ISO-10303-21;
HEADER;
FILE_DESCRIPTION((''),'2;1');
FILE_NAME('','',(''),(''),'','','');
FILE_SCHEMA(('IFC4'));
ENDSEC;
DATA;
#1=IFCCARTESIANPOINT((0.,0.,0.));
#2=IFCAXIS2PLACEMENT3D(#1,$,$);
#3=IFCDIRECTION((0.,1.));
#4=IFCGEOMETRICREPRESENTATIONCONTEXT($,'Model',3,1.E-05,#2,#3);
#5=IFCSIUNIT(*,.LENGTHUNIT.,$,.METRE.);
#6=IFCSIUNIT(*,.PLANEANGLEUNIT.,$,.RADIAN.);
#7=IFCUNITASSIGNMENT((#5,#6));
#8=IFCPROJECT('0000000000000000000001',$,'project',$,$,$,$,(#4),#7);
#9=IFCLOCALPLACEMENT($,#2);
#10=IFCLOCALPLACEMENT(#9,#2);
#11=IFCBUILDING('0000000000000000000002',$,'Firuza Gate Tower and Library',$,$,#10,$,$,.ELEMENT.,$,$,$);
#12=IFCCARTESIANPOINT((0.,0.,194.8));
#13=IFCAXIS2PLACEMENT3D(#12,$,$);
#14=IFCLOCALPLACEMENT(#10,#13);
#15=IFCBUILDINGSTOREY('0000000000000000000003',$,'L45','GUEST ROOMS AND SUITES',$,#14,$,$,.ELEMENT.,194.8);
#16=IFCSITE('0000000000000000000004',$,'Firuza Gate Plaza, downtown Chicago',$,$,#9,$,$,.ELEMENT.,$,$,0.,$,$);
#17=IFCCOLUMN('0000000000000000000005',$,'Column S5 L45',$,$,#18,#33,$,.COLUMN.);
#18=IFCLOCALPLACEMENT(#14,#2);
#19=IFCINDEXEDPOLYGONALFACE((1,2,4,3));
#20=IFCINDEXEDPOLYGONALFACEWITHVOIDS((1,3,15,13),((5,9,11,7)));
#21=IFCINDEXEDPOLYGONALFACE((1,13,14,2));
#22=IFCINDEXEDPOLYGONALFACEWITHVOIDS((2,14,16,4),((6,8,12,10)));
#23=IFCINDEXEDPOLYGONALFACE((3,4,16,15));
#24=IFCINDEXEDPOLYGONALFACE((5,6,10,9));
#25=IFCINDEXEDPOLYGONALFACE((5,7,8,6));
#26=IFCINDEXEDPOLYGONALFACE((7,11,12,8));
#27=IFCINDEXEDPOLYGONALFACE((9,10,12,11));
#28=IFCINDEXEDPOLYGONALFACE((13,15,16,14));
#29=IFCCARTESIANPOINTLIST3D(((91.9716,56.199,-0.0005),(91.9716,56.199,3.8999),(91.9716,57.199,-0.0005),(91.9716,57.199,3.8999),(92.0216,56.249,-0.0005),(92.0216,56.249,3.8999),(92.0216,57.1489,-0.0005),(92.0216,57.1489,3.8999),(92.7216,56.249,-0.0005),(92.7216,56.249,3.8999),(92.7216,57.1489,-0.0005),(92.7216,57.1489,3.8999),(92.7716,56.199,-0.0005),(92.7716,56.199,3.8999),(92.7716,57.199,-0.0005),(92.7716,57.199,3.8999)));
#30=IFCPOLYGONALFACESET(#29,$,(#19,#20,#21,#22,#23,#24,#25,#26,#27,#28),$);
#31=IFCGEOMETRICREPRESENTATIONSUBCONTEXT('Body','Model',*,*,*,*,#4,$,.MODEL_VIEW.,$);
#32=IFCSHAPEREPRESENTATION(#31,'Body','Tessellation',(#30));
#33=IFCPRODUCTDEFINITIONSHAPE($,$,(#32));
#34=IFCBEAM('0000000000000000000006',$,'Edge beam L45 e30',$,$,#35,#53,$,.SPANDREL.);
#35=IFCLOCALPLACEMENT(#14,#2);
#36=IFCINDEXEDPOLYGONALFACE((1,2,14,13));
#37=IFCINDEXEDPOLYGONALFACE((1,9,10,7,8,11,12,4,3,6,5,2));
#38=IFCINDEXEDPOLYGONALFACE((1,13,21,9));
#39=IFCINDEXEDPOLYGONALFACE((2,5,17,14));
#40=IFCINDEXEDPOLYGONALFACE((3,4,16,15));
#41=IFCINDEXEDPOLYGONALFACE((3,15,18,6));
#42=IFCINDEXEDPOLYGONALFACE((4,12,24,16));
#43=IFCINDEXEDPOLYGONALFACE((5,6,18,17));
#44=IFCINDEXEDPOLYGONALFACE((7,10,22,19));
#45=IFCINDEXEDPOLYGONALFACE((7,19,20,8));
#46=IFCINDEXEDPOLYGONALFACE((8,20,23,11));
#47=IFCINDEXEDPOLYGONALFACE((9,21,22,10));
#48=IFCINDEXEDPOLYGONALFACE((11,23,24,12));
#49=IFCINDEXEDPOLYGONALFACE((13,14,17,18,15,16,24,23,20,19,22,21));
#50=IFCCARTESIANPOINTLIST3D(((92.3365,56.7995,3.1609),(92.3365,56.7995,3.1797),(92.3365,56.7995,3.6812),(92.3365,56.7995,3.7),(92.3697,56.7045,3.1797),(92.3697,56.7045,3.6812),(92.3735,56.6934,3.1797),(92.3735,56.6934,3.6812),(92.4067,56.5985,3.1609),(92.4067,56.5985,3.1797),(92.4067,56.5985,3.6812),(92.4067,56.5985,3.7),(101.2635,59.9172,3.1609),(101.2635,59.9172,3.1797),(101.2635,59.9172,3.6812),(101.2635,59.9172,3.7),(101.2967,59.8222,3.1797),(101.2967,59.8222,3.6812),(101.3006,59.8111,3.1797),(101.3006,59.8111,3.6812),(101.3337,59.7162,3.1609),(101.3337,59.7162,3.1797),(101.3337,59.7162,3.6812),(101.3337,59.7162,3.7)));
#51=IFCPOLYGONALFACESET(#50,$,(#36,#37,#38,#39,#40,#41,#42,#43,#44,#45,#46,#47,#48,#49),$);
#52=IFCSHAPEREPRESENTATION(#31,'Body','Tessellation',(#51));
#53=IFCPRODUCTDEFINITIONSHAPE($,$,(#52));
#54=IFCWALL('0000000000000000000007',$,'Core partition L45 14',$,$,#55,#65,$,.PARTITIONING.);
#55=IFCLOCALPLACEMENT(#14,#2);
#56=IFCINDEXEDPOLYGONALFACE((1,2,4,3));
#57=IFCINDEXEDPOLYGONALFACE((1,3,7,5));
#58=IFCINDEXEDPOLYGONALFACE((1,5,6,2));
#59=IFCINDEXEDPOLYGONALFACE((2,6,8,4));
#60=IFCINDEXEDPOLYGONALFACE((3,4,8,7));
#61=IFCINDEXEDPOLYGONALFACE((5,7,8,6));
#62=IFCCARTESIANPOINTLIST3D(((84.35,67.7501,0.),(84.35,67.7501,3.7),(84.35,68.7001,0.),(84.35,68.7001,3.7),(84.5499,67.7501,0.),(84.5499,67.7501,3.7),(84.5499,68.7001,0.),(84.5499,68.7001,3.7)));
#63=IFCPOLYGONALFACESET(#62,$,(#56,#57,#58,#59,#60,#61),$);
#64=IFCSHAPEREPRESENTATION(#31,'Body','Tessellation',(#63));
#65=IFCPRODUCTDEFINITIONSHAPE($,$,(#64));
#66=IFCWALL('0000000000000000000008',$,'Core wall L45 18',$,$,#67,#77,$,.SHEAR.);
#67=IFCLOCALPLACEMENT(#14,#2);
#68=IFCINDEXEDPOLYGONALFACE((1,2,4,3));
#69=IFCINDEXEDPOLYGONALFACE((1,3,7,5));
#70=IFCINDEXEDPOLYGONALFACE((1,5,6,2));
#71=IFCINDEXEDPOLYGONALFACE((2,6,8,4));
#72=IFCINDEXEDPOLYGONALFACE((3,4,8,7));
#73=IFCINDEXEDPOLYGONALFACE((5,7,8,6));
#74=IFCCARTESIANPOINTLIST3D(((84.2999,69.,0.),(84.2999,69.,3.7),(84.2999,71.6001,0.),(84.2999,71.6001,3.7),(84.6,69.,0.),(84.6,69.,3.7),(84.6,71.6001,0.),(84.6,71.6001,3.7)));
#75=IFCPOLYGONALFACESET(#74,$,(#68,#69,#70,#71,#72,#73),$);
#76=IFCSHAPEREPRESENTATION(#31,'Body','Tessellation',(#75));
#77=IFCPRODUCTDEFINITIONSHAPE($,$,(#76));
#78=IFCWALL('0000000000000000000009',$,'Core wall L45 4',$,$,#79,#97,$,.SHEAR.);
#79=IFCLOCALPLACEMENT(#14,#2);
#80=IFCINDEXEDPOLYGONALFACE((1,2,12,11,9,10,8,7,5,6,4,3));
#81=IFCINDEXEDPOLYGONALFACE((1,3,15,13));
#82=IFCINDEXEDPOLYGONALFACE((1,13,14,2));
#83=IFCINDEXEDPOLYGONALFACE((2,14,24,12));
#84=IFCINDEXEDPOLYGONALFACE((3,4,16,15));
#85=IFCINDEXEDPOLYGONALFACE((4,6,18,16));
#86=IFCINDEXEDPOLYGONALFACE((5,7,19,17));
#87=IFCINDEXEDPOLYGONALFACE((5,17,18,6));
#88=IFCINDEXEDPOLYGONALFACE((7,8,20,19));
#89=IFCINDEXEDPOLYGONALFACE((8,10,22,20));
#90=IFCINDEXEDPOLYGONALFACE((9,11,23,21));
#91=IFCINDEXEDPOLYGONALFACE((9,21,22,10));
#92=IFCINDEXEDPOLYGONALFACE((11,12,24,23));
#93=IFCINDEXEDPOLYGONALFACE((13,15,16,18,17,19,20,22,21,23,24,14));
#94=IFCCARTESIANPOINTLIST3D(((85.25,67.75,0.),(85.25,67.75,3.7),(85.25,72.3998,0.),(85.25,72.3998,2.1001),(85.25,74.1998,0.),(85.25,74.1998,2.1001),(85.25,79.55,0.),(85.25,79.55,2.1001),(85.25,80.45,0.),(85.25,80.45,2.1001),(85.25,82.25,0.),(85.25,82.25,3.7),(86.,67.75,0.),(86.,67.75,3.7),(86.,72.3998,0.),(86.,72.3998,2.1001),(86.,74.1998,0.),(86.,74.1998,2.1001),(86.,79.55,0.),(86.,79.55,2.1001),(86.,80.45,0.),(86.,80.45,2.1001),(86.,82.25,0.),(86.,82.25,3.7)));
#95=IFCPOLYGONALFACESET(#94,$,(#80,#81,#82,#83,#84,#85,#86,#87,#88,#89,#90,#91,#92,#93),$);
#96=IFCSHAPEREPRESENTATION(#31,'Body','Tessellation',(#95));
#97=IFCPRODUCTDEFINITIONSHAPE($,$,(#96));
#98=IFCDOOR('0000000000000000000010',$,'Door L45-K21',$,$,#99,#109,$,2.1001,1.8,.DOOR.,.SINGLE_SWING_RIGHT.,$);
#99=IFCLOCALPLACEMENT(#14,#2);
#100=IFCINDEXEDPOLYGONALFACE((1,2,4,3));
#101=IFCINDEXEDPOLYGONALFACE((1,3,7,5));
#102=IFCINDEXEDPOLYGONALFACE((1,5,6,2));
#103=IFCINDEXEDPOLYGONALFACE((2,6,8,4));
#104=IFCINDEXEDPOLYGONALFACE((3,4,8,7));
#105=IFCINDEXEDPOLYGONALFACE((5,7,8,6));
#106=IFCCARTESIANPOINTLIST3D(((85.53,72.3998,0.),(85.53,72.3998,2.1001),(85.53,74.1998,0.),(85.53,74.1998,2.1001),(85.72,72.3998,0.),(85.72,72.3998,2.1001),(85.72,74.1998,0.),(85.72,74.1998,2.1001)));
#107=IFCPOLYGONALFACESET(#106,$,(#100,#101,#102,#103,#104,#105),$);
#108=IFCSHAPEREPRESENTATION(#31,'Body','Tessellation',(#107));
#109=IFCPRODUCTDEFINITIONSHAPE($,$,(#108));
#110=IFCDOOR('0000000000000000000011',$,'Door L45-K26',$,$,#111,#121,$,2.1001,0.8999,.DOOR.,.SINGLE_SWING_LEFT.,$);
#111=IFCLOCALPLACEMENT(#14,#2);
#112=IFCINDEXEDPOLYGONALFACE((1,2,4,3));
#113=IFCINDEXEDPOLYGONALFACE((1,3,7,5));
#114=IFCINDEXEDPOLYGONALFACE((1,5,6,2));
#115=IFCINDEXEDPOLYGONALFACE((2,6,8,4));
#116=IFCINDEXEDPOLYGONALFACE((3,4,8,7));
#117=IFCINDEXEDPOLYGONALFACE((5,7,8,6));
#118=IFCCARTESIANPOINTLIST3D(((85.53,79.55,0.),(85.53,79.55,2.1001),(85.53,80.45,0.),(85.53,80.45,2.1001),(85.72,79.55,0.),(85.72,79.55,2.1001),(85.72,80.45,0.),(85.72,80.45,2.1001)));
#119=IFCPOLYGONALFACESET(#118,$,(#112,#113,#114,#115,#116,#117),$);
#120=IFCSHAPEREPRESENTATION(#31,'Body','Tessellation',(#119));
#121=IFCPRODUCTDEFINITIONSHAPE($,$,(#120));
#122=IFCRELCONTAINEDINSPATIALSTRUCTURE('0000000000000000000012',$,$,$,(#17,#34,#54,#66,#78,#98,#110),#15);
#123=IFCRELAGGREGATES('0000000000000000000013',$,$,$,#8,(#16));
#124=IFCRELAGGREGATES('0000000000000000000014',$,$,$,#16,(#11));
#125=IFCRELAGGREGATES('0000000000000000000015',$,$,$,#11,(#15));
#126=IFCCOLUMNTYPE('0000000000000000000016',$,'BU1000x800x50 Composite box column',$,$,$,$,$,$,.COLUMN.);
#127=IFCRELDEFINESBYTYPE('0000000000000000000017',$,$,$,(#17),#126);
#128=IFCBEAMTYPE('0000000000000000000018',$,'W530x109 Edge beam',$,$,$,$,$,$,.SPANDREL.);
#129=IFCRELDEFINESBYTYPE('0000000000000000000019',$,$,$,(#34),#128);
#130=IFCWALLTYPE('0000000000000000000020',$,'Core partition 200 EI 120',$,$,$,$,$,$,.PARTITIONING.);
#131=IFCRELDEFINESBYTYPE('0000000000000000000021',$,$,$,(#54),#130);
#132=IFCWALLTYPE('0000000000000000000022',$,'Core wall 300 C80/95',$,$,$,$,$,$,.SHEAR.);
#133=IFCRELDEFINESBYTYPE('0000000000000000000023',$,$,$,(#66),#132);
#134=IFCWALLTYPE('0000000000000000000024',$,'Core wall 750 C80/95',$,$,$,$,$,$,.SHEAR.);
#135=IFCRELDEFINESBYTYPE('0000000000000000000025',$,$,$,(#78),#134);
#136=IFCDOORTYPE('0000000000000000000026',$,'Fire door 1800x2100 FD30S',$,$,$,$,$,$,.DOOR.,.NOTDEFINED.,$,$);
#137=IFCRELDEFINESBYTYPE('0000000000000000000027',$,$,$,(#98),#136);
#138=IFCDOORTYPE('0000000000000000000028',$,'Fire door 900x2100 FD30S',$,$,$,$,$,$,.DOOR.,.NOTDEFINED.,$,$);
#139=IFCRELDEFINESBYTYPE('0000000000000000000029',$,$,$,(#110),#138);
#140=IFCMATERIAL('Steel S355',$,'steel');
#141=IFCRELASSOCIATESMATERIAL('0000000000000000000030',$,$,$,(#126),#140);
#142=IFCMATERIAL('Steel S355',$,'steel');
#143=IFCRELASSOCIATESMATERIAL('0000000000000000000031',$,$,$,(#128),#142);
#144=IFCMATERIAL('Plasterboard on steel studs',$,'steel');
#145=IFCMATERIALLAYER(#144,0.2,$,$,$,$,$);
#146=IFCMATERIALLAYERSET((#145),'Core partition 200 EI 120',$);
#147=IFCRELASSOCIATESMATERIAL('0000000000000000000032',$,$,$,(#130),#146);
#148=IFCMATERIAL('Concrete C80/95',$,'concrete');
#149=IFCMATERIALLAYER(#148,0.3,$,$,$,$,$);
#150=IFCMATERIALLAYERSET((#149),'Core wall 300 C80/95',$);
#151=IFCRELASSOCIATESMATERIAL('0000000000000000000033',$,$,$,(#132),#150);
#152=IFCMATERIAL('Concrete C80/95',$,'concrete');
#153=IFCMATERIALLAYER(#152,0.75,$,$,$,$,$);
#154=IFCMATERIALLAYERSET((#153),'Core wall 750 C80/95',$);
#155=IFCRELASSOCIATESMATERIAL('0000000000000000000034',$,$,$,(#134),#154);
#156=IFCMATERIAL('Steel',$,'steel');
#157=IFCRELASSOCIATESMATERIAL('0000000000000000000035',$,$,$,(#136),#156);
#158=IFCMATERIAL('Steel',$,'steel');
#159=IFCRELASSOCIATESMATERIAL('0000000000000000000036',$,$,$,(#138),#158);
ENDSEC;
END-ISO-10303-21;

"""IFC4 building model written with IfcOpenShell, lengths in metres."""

from ifc_helpers import new_model, si_unit, direction, frame, frame_2d, origin, origin_2d, place, context, subcontext, project, spatial, rectangle, hollow_rectangle, i_section, extrude, material, layer, layer_set, material_profile, profile_set, type_object, element, fill, save


model = new_model("IFC4")

# Units and contexts
model_context = context("Model", 3, precision=1e-05, world=origin(), true_north=direction((0.0, 1.0)))
body_context = subcontext(model_context, "Body", "Model", "MODEL_VIEW")
ifc_project = project(units=[si_unit("LENGTHUNIT", "METRE"), si_unit("PLANEANGLEUNIT", "RADIAN")], contexts=[model_context])

# Site, building, storey
site_placement = place(None, origin())
site = spatial("IfcSite", under=ifc_project, at=site_placement, Name="Firuza Gate Plaza, downtown Chicago", CompositionType="ELEMENT", RefElevation=0.0)
building_placement = place(site_placement, origin())
building = spatial("IfcBuilding", under=site, at=building_placement, Name="Firuza Gate Tower and Library", CompositionType="ELEMENT")
storey_placement = place(building_placement, frame((0.0, 0.0, 194.8)))
storey = spatial("IfcBuildingStorey", under=building, at=storey_placement, Name="L45", Description="GUEST ROOMS AND SUITES", CompositionType="ELEMENT", Elevation=194.8)

# Column
ifc_material_1 = material(Name="Steel S355", Category="steel")
ifc_material_profile_1 = material_profile(ifc_material_1, hollow_rectangle(XDim=0.8, YDim=1.0, WallThickness=0.05, at=origin_2d()))
ifc_profile_set_1 = profile_set([ifc_material_profile_1], Name="Steel S355")
column_type = type_object("IfcColumnType", Name="BU1000x800x50 Composite box column", PredefinedType="COLUMN", material=ifc_profile_set_1)
column_placement = place(storey_placement, frame((92.3716, 56.699, -0.0005), z_axis=(0.0, 0.0, 1.0), x_axis=(1.0, 0.0, 0.0)))
element("IfcColumn", 1, at=column_placement, inside=storey, type_object=column_type, Name="Column S5 L45", PredefinedType="COLUMN", context=body_context, shape_type="SweptSolid", body=[
    extrude(hollow_rectangle(XDim=0.8, YDim=1.0, WallThickness=0.05, at=origin_2d()), origin(), (0.0, 0.0, 1.0), 3.9004),
])

# Beam
ifc_material_2 = material(Name="Steel S355", Category="steel")
ifc_material_profile_2 = material_profile(ifc_material_2, i_section(OverallWidth=0.2129, OverallDepth=0.5391, WebThickness=0.0117, FlangeThickness=0.0188, at=origin_2d()))
ifc_profile_set_2 = profile_set([ifc_material_profile_2], Name="Steel S355")
beam_type = type_object("IfcBeamType", Name="W530x109 Edge beam", PredefinedType="SPANDREL", material=ifc_profile_set_2)
beam_placement = place(storey_placement, frame((92.3716, 56.699, 3.4304), z_axis=(0.944082, 0.329712, 0.0), x_axis=(-0.329712, 0.944082, 0.0)))
element("IfcBeam", 2, at=beam_placement, inside=storey, type_object=beam_type, Name="Edge beam L45 e30", PredefinedType="SPANDREL", context=body_context, shape_type="SweptSolid", body=[
    extrude(i_section(OverallWidth=0.2129, OverallDepth=0.5391, WebThickness=0.0117, FlangeThickness=0.0188, at=origin_2d()), origin(), (0.0, 0.0, 1.0), 9.4558),
])

# Walls
ifc_material_3 = material(Name="Plasterboard on steel studs", Category="steel")
ifc_layer_1 = layer(ifc_material_3, 0.2)
ifc_layer_set_1 = layer_set([ifc_layer_1], Name="Core partition 200 EI 120")
wall_type_1 = type_object("IfcWallType", Name="Core partition 200 EI 120", PredefinedType="PARTITIONING", material=ifc_layer_set_1)
wall_1_placement = place(storey_placement, frame((84.45, 67.75, 0.0), z_axis=(0.0, 0.0, 1.0), x_axis=(0.0, 1.0, 0.0)))
element("IfcWall", 3, at=wall_1_placement, inside=storey, type_object=wall_type_1, Name="Core partition L45 14", PredefinedType="PARTITIONING", context=body_context, shape_type="SweptSolid", body=[
    extrude(rectangle(XDim=0.95, YDim=0.2, at=frame_2d((0.4751, 0.0))), origin(), (0.0, 0.0, 1.0), 3.7),
])
ifc_material_4 = material(Name="Concrete C80/95", Category="concrete")
ifc_layer_2 = layer(ifc_material_4, 0.3)
ifc_layer_set_2 = layer_set([ifc_layer_2], Name="Core wall 300 C80/95")
wall_type_2 = type_object("IfcWallType", Name="Core wall 300 C80/95", PredefinedType="SHEAR", material=ifc_layer_set_2)
wall_2_placement = place(storey_placement, frame((84.45, 69.0, 0.0), z_axis=(0.0, 0.0, 1.0), x_axis=(0.0, 1.0, 0.0)))
element("IfcWall", 4, at=wall_2_placement, inside=storey, type_object=wall_type_2, Name="Core wall L45 18", PredefinedType="SHEAR", context=body_context, shape_type="SweptSolid", body=[
    extrude(rectangle(XDim=2.6001, YDim=0.3, at=frame_2d((1.3, 0.0))), origin(), (0.0, 0.0, 1.0), 3.7),
])

# Wall, openings, doors
ifc_material_5 = material(Name="Concrete C80/95", Category="concrete")
ifc_layer_3 = layer(ifc_material_5, 0.75)
ifc_layer_set_3 = layer_set([ifc_layer_3], Name="Core wall 750 C80/95")
wall_type_3 = type_object("IfcWallType", Name="Core wall 750 C80/95", PredefinedType="SHEAR", material=ifc_layer_set_3)
wall_3_placement = place(storey_placement, frame((85.625, 67.75, 0.0), z_axis=(0.0, 0.0, 1.0), x_axis=(0.0, 1.0, 0.0)))
wall_3 = element("IfcWall", 5, at=wall_3_placement, inside=storey, type_object=wall_type_3, Name="Core wall L45 4", PredefinedType="SHEAR", context=body_context, shape_type="SweptSolid", body=[
    extrude(rectangle(XDim=14.5, YDim=0.75, at=frame_2d((7.25, 0.0))), origin(), (0.0, 0.0, 1.0), 3.7),
])
opening_1_placement = place(wall_3_placement, frame((4.6499, 0.0, 0.0)))
opening_1 = element("IfcOpeningElement", 6, at=opening_1_placement, cuts=wall_3, PredefinedType="OPENING", context=body_context, shape_type="SweptSolid", body=[
    extrude(rectangle(XDim=1.8, YDim=2.1001, at=frame_2d((0.8999, 1.05))), frame((0.0, 0.385, 0.0), z_axis=(0.0, -1.0, 0.0), x_axis=(1.0, 0.0, 0.0)), (0.0, 0.0, 1.0), 0.77),
])
opening_2_placement = place(wall_3_placement, frame((11.8, 0.0, 0.0)))
opening_2 = element("IfcOpeningElement", 7, at=opening_2_placement, cuts=wall_3, PredefinedType="OPENING", context=body_context, shape_type="SweptSolid", body=[
    extrude(rectangle(XDim=0.8999, YDim=2.1001, at=frame_2d((0.45, 1.05))), frame((0.0, 0.385, 0.0), z_axis=(0.0, -1.0, 0.0), x_axis=(1.0, 0.0, 0.0)), (0.0, 0.0, 1.0), 0.77),
])
ifc_material_6 = material(Name="Steel", Category="steel")
door_type_1 = type_object("IfcDoorType", Name="Fire door 1800x2100 FD30S", OperationType="NOTDEFINED", PredefinedType="DOOR", material=ifc_material_6)
door_1_placement = place(opening_1_placement, origin())
door_1 = element("IfcDoor", 8, at=door_1_placement, inside=storey, type_object=door_type_1, Name="Door L45-K21", OperationType="SINGLE_SWING_RIGHT", OverallHeight=2.1001, OverallWidth=1.8, PredefinedType="DOOR", context=body_context, shape_type="SweptSolid", body=[
    extrude(rectangle(XDim=1.8, YDim=2.1001, at=frame_2d((0.8999, 1.05))), frame((0.0, 0.095, 0.0), z_axis=(0.0, -1.0, 0.0), x_axis=(1.0, 0.0, 0.0)), (0.0, 0.0, 1.0), 0.1899),
])
fill(opening_1, door_1)
ifc_material_7 = material(Name="Steel", Category="steel")
door_type_2 = type_object("IfcDoorType", Name="Fire door 900x2100 FD30S", OperationType="NOTDEFINED", PredefinedType="DOOR", material=ifc_material_7)
door_2_placement = place(opening_2_placement, origin())
door_2 = element("IfcDoor", 9, at=door_2_placement, inside=storey, type_object=door_type_2, Name="Door L45-K26", OperationType="SINGLE_SWING_LEFT", OverallHeight=2.1001, OverallWidth=0.8999, PredefinedType="DOOR", context=body_context, shape_type="SweptSolid", body=[
    extrude(rectangle(XDim=0.8999, YDim=2.1001, at=frame_2d((0.45, 1.05))), frame((0.0, 0.095, 0.0), z_axis=(0.0, -1.0, 0.0), x_axis=(1.0, 0.0, 0.0)), (0.0, 0.0, 1.0), 0.1899),
])
fill(opening_2, door_2)

save(model, "model.ifc")
